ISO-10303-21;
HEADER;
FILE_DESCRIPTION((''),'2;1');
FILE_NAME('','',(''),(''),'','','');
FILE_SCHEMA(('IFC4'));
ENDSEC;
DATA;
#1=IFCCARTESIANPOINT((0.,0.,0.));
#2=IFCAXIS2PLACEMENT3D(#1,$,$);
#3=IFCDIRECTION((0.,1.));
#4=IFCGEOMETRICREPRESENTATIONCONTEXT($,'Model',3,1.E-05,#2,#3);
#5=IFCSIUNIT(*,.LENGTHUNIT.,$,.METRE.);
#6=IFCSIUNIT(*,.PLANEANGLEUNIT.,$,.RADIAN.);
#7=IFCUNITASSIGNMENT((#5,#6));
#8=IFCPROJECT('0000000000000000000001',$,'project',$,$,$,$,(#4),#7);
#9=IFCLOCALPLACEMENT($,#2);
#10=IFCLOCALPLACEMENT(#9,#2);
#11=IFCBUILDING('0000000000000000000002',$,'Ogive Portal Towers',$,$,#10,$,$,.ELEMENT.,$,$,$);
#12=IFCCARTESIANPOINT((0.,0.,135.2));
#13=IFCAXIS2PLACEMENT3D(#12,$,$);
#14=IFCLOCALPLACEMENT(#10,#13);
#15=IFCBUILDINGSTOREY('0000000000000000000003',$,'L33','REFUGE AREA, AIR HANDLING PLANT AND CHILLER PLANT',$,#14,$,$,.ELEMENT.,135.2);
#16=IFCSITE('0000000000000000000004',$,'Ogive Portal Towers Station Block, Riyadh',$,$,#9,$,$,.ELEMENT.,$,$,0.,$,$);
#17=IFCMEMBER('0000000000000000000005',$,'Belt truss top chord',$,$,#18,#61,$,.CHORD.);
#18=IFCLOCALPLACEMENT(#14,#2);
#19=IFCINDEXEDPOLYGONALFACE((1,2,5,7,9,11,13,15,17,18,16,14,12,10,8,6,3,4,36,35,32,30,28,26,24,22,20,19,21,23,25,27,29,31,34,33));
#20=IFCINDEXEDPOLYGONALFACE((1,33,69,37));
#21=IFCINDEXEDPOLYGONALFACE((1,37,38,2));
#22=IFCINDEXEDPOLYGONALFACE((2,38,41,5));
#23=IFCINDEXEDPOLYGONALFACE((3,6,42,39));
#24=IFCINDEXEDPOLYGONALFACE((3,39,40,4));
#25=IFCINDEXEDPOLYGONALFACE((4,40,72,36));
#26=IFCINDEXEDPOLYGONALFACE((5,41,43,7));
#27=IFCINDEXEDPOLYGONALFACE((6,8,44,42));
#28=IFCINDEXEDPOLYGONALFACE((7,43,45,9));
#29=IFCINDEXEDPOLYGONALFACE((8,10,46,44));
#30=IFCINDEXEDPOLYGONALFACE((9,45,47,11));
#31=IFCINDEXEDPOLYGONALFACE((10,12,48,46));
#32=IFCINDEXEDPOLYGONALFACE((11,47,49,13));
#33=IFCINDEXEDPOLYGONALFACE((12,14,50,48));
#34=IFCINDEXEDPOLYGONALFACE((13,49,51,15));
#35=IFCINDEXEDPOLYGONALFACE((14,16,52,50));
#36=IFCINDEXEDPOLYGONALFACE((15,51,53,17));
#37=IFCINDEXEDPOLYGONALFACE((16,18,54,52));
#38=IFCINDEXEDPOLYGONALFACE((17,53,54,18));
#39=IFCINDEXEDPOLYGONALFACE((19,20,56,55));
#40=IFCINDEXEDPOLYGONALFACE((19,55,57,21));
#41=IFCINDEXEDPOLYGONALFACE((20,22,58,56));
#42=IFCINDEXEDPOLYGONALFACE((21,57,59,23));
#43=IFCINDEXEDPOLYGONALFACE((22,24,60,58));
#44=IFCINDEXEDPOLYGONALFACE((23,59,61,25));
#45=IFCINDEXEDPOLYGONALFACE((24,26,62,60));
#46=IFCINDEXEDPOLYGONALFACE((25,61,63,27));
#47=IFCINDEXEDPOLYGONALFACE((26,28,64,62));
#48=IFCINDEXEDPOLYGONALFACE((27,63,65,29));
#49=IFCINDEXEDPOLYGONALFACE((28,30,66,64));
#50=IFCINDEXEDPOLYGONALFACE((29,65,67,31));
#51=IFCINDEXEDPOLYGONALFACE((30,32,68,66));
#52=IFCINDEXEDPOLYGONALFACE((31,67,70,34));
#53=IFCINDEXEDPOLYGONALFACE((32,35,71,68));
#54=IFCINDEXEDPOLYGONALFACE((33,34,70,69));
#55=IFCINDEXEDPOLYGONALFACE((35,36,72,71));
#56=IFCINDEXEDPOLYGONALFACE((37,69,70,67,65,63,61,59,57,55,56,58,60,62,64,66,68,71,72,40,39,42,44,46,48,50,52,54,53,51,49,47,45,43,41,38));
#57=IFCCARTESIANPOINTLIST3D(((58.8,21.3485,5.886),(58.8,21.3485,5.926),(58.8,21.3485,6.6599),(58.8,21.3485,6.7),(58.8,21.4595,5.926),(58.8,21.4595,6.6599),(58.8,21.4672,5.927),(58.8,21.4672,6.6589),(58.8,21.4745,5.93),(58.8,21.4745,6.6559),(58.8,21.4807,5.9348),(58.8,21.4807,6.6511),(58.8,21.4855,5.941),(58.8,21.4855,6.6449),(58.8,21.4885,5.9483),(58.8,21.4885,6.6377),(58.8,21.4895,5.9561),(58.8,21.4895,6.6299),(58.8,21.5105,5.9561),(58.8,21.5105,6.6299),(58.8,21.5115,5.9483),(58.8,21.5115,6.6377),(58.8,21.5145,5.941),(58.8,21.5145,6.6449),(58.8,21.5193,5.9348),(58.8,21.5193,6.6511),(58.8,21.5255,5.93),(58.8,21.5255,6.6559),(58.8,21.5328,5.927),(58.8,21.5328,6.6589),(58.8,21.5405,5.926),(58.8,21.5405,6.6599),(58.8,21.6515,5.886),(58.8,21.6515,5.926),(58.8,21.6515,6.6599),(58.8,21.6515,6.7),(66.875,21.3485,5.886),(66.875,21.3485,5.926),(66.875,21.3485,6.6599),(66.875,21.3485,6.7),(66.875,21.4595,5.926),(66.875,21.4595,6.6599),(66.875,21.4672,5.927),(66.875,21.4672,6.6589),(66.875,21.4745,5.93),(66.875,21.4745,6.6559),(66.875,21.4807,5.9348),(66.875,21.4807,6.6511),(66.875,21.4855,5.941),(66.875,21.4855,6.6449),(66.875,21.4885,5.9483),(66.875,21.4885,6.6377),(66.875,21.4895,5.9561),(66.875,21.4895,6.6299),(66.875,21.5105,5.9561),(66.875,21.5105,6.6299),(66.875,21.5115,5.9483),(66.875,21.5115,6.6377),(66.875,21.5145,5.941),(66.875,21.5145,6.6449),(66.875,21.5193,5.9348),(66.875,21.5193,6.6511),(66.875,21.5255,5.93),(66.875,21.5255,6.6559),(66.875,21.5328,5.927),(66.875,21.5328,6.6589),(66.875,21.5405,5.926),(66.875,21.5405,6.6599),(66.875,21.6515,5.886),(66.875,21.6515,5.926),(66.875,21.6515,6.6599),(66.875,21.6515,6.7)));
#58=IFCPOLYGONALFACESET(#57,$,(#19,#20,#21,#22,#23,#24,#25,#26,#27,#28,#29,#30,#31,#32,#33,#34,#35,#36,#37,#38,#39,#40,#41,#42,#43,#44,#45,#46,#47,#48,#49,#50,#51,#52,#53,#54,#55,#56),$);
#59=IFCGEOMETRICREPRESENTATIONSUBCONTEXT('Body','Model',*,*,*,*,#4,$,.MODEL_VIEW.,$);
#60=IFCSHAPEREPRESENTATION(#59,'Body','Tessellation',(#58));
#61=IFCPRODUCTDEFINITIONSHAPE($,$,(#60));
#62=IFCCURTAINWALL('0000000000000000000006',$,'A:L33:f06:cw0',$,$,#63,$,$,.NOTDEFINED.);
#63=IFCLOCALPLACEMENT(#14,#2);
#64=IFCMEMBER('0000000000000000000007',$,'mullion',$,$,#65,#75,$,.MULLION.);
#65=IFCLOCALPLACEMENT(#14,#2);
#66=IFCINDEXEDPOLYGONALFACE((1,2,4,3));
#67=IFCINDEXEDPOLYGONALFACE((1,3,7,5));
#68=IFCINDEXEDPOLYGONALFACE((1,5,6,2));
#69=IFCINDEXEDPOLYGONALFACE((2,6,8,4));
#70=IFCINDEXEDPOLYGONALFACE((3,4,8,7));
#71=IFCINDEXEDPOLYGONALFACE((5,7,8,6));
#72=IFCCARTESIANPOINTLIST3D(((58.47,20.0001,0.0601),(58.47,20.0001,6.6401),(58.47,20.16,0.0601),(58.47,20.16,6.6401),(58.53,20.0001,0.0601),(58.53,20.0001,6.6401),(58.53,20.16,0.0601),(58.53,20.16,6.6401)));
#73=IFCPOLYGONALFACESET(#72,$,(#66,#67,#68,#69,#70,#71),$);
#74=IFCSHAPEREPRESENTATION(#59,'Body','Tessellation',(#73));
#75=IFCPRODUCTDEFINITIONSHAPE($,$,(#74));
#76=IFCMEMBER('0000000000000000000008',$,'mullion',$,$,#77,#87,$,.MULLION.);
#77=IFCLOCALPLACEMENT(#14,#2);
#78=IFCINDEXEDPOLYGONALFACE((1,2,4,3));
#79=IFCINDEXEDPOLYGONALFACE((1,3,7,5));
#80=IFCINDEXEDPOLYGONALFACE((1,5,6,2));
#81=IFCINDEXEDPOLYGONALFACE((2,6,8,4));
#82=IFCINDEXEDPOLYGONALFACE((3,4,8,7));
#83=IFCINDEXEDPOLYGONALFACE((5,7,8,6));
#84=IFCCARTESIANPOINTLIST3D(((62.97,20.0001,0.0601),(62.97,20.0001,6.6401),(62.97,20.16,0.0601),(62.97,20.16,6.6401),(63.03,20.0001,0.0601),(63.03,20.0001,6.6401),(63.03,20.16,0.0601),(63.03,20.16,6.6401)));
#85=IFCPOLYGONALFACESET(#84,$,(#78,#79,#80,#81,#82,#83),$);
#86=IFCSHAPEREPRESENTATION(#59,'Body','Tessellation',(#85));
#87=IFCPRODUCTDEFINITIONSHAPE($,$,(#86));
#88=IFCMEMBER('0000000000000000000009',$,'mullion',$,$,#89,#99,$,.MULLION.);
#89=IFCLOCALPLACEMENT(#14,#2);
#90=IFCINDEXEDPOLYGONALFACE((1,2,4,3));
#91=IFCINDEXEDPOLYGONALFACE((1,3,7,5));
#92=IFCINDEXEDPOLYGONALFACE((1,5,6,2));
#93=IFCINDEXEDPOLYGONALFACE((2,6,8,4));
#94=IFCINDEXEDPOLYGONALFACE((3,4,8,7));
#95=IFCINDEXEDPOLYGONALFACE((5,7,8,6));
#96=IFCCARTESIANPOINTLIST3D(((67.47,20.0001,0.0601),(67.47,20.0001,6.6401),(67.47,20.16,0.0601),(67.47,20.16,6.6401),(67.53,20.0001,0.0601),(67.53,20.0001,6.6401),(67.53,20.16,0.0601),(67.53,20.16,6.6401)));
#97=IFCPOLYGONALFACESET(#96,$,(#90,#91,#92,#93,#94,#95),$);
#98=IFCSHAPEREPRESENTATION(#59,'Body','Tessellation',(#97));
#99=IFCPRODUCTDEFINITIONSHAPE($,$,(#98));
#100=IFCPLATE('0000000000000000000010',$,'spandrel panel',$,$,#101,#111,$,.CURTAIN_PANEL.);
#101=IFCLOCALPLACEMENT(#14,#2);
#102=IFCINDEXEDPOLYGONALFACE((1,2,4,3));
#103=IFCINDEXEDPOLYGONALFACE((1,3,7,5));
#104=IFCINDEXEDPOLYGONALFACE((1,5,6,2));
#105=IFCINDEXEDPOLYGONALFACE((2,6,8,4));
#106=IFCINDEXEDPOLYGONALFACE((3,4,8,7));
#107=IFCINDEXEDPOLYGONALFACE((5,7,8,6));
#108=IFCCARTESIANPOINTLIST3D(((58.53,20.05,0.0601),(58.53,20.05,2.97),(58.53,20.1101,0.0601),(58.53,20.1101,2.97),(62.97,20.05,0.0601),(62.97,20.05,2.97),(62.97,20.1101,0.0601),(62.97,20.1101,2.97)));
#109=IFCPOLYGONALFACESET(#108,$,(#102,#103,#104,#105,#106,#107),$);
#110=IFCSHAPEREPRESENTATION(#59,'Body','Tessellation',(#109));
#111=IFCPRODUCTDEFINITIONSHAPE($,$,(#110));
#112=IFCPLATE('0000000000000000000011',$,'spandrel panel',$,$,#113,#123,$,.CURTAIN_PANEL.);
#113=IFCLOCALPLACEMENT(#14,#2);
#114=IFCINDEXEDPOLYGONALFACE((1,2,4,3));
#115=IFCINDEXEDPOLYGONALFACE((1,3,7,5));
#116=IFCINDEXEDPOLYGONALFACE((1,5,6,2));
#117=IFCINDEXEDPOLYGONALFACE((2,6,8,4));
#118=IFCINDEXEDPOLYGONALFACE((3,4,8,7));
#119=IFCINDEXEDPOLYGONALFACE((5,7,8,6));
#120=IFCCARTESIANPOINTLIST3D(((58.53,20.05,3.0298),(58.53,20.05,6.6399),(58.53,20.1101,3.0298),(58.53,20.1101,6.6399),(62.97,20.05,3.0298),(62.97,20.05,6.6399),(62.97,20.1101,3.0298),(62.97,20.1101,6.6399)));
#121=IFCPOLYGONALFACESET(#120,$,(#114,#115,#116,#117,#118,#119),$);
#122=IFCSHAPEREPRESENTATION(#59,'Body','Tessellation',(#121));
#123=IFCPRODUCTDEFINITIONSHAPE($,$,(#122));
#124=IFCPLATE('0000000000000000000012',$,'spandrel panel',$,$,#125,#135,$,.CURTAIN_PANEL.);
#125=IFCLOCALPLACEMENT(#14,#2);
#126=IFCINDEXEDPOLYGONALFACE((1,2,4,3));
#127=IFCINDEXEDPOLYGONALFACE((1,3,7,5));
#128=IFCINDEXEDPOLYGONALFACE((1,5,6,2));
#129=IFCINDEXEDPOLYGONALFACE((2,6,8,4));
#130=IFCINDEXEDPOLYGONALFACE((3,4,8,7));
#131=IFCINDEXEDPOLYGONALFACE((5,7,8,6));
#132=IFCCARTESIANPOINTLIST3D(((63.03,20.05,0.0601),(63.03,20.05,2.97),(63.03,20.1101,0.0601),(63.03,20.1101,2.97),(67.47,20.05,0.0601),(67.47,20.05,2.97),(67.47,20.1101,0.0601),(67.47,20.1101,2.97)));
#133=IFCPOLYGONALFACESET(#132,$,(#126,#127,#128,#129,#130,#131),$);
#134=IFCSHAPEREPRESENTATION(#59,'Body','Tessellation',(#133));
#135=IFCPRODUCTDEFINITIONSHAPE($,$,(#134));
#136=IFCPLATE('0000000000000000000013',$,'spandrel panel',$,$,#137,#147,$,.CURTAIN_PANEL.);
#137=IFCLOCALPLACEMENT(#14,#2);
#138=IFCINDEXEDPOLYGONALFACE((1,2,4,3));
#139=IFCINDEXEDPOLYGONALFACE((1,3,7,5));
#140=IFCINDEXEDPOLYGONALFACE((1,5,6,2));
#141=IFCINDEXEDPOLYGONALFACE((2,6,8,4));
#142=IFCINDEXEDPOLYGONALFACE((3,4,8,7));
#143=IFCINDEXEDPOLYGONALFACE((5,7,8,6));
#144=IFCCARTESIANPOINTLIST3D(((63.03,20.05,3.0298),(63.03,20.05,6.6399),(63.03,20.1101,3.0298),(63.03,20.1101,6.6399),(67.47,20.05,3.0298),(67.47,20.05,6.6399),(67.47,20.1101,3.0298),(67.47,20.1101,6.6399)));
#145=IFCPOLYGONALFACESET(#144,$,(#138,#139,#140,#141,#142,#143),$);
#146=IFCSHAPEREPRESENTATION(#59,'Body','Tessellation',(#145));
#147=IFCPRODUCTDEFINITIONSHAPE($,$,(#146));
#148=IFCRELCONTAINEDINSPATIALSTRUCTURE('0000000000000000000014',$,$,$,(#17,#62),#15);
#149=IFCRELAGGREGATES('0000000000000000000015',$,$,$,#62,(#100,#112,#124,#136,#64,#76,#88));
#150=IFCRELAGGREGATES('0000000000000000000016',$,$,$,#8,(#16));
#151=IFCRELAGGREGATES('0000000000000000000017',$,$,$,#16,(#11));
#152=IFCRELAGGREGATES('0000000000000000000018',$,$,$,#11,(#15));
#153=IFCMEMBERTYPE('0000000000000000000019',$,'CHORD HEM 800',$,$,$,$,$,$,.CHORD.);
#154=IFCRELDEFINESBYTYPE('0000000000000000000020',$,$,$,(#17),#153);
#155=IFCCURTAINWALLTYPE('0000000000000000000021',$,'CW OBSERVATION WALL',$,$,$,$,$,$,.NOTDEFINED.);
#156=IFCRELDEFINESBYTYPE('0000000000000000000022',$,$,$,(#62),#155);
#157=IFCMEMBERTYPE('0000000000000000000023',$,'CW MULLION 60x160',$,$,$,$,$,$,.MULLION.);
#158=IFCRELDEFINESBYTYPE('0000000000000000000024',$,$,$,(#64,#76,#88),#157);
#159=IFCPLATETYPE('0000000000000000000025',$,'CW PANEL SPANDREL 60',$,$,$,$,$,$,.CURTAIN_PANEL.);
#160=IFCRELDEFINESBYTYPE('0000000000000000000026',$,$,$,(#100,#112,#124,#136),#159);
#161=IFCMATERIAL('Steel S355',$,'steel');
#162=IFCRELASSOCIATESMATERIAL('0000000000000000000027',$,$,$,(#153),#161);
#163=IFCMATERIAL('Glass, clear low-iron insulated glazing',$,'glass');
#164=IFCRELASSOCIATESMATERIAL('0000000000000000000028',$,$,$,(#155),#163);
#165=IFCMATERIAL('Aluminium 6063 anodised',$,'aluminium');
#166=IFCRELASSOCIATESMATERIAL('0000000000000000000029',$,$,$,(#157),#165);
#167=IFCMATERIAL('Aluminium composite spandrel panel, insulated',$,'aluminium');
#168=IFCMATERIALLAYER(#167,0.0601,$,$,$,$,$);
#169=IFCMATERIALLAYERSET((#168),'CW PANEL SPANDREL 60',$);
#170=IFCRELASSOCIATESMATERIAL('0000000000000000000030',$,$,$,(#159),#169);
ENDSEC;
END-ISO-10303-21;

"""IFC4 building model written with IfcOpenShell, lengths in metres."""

from ifc_helpers import new_model, si_unit, direction, frame, origin, origin_2d, place, context, subcontext, project, spatial, rectangle, i_section, extrude, material, layer, layer_set, material_profile, profile_set, type_object, element, aggregate, save


model = new_model("IFC4")

# Units and contexts
model_context = context("Model", 3, precision=1e-05, world=origin(), true_north=direction((0.0, 1.0)))
body_context = subcontext(model_context, "Body", "Model", "MODEL_VIEW")
ifc_project = project(units=[si_unit("LENGTHUNIT", "METRE"), si_unit("PLANEANGLEUNIT", "RADIAN")], contexts=[model_context])

# Site, building, storey
site_placement = place(None, origin())
site = spatial("IfcSite", under=ifc_project, at=site_placement, Name="Ogive Portal Towers Station Block, Riyadh", CompositionType="ELEMENT", RefElevation=0.0)
building_placement = place(site_placement, origin())
building = spatial("IfcBuilding", under=site, at=building_placement, Name="Ogive Portal Towers", CompositionType="ELEMENT")
storey_placement = place(building_placement, frame((0.0, 0.0, 135.2)))
storey = spatial("IfcBuildingStorey", under=building, at=storey_placement, Name="L33", Description="REFUGE AREA, AIR HANDLING PLANT AND CHILLER PLANT", CompositionType="ELEMENT", Elevation=135.2)

# Member
ifc_material_1 = material(Name="Steel S355", Category="steel")
ifc_material_profile_1 = material_profile(ifc_material_1, i_section(OverallWidth=0.303, OverallDepth=0.814, WebThickness=0.021, FlangeThickness=0.04, FilletRadius=0.03, at=origin_2d()), Name="HEM 800")
ifc_profile_set_1 = profile_set([ifc_material_profile_1], Name="Steel S355")
member_type_1 = type_object("IfcMemberType", Name="CHORD HEM 800", PredefinedType="CHORD", material=ifc_profile_set_1)
for number, where, z_axis, x_axis, name in (
    (1, (58.8, 21.5, 6.293), (1.0, 0.0, 0.0), (0.0, 1.0, 0.0), "Belt truss top chord"),
):
    element("IfcMember", number, at=place(storey_placement, frame(where, z_axis=z_axis, x_axis=x_axis)), inside=storey, type_object=member_type_1, Name=name, PredefinedType="CHORD", context=body_context, shape_type="SweptSolid", body=[
        extrude(i_section(OverallWidth=0.303, OverallDepth=0.814, WebThickness=0.021, FlangeThickness=0.04, FilletRadius=0.03, at=origin_2d()), origin(), (0.0, 0.0, 1.0), 8.075),
    ])

# Curtain wall, members, plates
ifc_material_2 = material(Name="Glass, clear low-iron insulated glazing", Category="glass")
curtain_wall_type = type_object("IfcCurtainWallType", Name="CW OBSERVATION WALL", PredefinedType="NOTDEFINED", material=ifc_material_2)
curtain_wall_placement = place(storey_placement, origin())
curtain_wall = element("IfcCurtainWall", 2, at=curtain_wall_placement, inside=storey, type_object=curtain_wall_type, Name="A:L33:f06:cw0", PredefinedType="NOTDEFINED")
ifc_material_3 = material(Name="Aluminium 6063 anodised", Category="aluminium")
ifc_material_profile_2 = material_profile(ifc_material_3, rectangle(XDim=0.1599, YDim=0.0601, at=origin_2d()), Name="AL 60x160")
ifc_profile_set_2 = profile_set([ifc_material_profile_2], Name="Aluminium 6063 anodised")
member_type_2 = type_object("IfcMemberType", Name="CW MULLION 60x160", PredefinedType="MULLION", material=ifc_profile_set_2)
member_1_placement = place(storey_placement, frame((58.5, 20.0801, 0.0601), z_axis=(0.0, 0.0, 1.0), x_axis=(0.0, 1.0, 0.0)))
member_1 = element("IfcMember", 3, at=member_1_placement, type_object=member_type_2, Name="mullion", PredefinedType="MULLION", context=body_context, shape_type="SweptSolid", body=[
    extrude(rectangle(XDim=0.1599, YDim=0.0601, at=origin_2d()), origin(), (0.0, 0.0, 1.0), 6.5801),
])
member_2_placement = place(storey_placement, frame((63.0, 20.0801, 0.0601), z_axis=(0.0, 0.0, 1.0), x_axis=(0.0, 1.0, 0.0)))
member_2 = element("IfcMember", 4, at=member_2_placement, type_object=member_type_2, Name="mullion", PredefinedType="MULLION", context=body_context, shape_type="SweptSolid", body=[
    extrude(rectangle(XDim=0.1599, YDim=0.0601, at=origin_2d()), origin(), (0.0, 0.0, 1.0), 6.5801),
])
member_3_placement = place(storey_placement, frame((67.5, 20.0801, 0.0601), z_axis=(0.0, 0.0, 1.0), x_axis=(0.0, 1.0, 0.0)))
member_3 = element("IfcMember", 5, at=member_3_placement, type_object=member_type_2, Name="mullion", PredefinedType="MULLION", context=body_context, shape_type="SweptSolid", body=[
    extrude(rectangle(XDim=0.1599, YDim=0.0601, at=origin_2d()), origin(), (0.0, 0.0, 1.0), 6.5801),
])
ifc_material_4 = material(Name="Aluminium composite spandrel panel, insulated", Category="aluminium")
ifc_layer_1 = layer(ifc_material_4, 0.0601)
ifc_layer_set_1 = layer_set([ifc_layer_1], Name="CW PANEL SPANDREL 60")
plate_type = type_object("IfcPlateType", Name="CW PANEL SPANDREL 60", PredefinedType="CURTAIN_PANEL", material=ifc_layer_set_1)
plate_1_placement = place(storey_placement, frame((60.75, 20.0801, 0.0601), z_axis=(0.0, 0.0, 1.0), x_axis=(1.0, 0.0, 0.0)))
plate_1 = element("IfcPlate", 6, at=plate_1_placement, type_object=plate_type, Name="spandrel panel", PredefinedType="CURTAIN_PANEL", context=body_context, shape_type="SweptSolid", body=[
    extrude(rectangle(XDim=4.4399, YDim=0.0601, at=origin_2d()), origin(), (0.0, 0.0, 1.0), 2.9099),
])
plate_2_placement = place(storey_placement, frame((60.75, 20.0801, 3.0298), z_axis=(0.0, 0.0, 1.0), x_axis=(1.0, 0.0, 0.0)))
plate_2 = element("IfcPlate", 7, at=plate_2_placement, type_object=plate_type, Name="spandrel panel", PredefinedType="CURTAIN_PANEL", context=body_context, shape_type="SweptSolid", body=[
    extrude(rectangle(XDim=4.4399, YDim=0.0601, at=origin_2d()), origin(), (0.0, 0.0, 1.0), 3.6101),
])
plate_3_placement = place(storey_placement, frame((65.25, 20.0801, 0.0601), z_axis=(0.0, 0.0, 1.0), x_axis=(1.0, 0.0, 0.0)))
plate_3 = element("IfcPlate", 8, at=plate_3_placement, type_object=plate_type, Name="spandrel panel", PredefinedType="CURTAIN_PANEL", context=body_context, shape_type="SweptSolid", body=[
    extrude(rectangle(XDim=4.4399, YDim=0.0601, at=origin_2d()), origin(), (0.0, 0.0, 1.0), 2.9099),
])
plate_4_placement = place(storey_placement, frame((65.25, 20.0801, 3.0298), z_axis=(0.0, 0.0, 1.0), x_axis=(1.0, 0.0, 0.0)))
plate_4 = element("IfcPlate", 9, at=plate_4_placement, type_object=plate_type, Name="spandrel panel", PredefinedType="CURTAIN_PANEL", context=body_context, shape_type="SweptSolid", body=[
    extrude(rectangle(XDim=4.4399, YDim=0.0601, at=origin_2d()), origin(), (0.0, 0.0, 1.0), 3.6101),
])
aggregate(curtain_wall, [plate_1, plate_2, plate_3, plate_4, member_1, member_2, member_3])

save(model, "model.ifc")
